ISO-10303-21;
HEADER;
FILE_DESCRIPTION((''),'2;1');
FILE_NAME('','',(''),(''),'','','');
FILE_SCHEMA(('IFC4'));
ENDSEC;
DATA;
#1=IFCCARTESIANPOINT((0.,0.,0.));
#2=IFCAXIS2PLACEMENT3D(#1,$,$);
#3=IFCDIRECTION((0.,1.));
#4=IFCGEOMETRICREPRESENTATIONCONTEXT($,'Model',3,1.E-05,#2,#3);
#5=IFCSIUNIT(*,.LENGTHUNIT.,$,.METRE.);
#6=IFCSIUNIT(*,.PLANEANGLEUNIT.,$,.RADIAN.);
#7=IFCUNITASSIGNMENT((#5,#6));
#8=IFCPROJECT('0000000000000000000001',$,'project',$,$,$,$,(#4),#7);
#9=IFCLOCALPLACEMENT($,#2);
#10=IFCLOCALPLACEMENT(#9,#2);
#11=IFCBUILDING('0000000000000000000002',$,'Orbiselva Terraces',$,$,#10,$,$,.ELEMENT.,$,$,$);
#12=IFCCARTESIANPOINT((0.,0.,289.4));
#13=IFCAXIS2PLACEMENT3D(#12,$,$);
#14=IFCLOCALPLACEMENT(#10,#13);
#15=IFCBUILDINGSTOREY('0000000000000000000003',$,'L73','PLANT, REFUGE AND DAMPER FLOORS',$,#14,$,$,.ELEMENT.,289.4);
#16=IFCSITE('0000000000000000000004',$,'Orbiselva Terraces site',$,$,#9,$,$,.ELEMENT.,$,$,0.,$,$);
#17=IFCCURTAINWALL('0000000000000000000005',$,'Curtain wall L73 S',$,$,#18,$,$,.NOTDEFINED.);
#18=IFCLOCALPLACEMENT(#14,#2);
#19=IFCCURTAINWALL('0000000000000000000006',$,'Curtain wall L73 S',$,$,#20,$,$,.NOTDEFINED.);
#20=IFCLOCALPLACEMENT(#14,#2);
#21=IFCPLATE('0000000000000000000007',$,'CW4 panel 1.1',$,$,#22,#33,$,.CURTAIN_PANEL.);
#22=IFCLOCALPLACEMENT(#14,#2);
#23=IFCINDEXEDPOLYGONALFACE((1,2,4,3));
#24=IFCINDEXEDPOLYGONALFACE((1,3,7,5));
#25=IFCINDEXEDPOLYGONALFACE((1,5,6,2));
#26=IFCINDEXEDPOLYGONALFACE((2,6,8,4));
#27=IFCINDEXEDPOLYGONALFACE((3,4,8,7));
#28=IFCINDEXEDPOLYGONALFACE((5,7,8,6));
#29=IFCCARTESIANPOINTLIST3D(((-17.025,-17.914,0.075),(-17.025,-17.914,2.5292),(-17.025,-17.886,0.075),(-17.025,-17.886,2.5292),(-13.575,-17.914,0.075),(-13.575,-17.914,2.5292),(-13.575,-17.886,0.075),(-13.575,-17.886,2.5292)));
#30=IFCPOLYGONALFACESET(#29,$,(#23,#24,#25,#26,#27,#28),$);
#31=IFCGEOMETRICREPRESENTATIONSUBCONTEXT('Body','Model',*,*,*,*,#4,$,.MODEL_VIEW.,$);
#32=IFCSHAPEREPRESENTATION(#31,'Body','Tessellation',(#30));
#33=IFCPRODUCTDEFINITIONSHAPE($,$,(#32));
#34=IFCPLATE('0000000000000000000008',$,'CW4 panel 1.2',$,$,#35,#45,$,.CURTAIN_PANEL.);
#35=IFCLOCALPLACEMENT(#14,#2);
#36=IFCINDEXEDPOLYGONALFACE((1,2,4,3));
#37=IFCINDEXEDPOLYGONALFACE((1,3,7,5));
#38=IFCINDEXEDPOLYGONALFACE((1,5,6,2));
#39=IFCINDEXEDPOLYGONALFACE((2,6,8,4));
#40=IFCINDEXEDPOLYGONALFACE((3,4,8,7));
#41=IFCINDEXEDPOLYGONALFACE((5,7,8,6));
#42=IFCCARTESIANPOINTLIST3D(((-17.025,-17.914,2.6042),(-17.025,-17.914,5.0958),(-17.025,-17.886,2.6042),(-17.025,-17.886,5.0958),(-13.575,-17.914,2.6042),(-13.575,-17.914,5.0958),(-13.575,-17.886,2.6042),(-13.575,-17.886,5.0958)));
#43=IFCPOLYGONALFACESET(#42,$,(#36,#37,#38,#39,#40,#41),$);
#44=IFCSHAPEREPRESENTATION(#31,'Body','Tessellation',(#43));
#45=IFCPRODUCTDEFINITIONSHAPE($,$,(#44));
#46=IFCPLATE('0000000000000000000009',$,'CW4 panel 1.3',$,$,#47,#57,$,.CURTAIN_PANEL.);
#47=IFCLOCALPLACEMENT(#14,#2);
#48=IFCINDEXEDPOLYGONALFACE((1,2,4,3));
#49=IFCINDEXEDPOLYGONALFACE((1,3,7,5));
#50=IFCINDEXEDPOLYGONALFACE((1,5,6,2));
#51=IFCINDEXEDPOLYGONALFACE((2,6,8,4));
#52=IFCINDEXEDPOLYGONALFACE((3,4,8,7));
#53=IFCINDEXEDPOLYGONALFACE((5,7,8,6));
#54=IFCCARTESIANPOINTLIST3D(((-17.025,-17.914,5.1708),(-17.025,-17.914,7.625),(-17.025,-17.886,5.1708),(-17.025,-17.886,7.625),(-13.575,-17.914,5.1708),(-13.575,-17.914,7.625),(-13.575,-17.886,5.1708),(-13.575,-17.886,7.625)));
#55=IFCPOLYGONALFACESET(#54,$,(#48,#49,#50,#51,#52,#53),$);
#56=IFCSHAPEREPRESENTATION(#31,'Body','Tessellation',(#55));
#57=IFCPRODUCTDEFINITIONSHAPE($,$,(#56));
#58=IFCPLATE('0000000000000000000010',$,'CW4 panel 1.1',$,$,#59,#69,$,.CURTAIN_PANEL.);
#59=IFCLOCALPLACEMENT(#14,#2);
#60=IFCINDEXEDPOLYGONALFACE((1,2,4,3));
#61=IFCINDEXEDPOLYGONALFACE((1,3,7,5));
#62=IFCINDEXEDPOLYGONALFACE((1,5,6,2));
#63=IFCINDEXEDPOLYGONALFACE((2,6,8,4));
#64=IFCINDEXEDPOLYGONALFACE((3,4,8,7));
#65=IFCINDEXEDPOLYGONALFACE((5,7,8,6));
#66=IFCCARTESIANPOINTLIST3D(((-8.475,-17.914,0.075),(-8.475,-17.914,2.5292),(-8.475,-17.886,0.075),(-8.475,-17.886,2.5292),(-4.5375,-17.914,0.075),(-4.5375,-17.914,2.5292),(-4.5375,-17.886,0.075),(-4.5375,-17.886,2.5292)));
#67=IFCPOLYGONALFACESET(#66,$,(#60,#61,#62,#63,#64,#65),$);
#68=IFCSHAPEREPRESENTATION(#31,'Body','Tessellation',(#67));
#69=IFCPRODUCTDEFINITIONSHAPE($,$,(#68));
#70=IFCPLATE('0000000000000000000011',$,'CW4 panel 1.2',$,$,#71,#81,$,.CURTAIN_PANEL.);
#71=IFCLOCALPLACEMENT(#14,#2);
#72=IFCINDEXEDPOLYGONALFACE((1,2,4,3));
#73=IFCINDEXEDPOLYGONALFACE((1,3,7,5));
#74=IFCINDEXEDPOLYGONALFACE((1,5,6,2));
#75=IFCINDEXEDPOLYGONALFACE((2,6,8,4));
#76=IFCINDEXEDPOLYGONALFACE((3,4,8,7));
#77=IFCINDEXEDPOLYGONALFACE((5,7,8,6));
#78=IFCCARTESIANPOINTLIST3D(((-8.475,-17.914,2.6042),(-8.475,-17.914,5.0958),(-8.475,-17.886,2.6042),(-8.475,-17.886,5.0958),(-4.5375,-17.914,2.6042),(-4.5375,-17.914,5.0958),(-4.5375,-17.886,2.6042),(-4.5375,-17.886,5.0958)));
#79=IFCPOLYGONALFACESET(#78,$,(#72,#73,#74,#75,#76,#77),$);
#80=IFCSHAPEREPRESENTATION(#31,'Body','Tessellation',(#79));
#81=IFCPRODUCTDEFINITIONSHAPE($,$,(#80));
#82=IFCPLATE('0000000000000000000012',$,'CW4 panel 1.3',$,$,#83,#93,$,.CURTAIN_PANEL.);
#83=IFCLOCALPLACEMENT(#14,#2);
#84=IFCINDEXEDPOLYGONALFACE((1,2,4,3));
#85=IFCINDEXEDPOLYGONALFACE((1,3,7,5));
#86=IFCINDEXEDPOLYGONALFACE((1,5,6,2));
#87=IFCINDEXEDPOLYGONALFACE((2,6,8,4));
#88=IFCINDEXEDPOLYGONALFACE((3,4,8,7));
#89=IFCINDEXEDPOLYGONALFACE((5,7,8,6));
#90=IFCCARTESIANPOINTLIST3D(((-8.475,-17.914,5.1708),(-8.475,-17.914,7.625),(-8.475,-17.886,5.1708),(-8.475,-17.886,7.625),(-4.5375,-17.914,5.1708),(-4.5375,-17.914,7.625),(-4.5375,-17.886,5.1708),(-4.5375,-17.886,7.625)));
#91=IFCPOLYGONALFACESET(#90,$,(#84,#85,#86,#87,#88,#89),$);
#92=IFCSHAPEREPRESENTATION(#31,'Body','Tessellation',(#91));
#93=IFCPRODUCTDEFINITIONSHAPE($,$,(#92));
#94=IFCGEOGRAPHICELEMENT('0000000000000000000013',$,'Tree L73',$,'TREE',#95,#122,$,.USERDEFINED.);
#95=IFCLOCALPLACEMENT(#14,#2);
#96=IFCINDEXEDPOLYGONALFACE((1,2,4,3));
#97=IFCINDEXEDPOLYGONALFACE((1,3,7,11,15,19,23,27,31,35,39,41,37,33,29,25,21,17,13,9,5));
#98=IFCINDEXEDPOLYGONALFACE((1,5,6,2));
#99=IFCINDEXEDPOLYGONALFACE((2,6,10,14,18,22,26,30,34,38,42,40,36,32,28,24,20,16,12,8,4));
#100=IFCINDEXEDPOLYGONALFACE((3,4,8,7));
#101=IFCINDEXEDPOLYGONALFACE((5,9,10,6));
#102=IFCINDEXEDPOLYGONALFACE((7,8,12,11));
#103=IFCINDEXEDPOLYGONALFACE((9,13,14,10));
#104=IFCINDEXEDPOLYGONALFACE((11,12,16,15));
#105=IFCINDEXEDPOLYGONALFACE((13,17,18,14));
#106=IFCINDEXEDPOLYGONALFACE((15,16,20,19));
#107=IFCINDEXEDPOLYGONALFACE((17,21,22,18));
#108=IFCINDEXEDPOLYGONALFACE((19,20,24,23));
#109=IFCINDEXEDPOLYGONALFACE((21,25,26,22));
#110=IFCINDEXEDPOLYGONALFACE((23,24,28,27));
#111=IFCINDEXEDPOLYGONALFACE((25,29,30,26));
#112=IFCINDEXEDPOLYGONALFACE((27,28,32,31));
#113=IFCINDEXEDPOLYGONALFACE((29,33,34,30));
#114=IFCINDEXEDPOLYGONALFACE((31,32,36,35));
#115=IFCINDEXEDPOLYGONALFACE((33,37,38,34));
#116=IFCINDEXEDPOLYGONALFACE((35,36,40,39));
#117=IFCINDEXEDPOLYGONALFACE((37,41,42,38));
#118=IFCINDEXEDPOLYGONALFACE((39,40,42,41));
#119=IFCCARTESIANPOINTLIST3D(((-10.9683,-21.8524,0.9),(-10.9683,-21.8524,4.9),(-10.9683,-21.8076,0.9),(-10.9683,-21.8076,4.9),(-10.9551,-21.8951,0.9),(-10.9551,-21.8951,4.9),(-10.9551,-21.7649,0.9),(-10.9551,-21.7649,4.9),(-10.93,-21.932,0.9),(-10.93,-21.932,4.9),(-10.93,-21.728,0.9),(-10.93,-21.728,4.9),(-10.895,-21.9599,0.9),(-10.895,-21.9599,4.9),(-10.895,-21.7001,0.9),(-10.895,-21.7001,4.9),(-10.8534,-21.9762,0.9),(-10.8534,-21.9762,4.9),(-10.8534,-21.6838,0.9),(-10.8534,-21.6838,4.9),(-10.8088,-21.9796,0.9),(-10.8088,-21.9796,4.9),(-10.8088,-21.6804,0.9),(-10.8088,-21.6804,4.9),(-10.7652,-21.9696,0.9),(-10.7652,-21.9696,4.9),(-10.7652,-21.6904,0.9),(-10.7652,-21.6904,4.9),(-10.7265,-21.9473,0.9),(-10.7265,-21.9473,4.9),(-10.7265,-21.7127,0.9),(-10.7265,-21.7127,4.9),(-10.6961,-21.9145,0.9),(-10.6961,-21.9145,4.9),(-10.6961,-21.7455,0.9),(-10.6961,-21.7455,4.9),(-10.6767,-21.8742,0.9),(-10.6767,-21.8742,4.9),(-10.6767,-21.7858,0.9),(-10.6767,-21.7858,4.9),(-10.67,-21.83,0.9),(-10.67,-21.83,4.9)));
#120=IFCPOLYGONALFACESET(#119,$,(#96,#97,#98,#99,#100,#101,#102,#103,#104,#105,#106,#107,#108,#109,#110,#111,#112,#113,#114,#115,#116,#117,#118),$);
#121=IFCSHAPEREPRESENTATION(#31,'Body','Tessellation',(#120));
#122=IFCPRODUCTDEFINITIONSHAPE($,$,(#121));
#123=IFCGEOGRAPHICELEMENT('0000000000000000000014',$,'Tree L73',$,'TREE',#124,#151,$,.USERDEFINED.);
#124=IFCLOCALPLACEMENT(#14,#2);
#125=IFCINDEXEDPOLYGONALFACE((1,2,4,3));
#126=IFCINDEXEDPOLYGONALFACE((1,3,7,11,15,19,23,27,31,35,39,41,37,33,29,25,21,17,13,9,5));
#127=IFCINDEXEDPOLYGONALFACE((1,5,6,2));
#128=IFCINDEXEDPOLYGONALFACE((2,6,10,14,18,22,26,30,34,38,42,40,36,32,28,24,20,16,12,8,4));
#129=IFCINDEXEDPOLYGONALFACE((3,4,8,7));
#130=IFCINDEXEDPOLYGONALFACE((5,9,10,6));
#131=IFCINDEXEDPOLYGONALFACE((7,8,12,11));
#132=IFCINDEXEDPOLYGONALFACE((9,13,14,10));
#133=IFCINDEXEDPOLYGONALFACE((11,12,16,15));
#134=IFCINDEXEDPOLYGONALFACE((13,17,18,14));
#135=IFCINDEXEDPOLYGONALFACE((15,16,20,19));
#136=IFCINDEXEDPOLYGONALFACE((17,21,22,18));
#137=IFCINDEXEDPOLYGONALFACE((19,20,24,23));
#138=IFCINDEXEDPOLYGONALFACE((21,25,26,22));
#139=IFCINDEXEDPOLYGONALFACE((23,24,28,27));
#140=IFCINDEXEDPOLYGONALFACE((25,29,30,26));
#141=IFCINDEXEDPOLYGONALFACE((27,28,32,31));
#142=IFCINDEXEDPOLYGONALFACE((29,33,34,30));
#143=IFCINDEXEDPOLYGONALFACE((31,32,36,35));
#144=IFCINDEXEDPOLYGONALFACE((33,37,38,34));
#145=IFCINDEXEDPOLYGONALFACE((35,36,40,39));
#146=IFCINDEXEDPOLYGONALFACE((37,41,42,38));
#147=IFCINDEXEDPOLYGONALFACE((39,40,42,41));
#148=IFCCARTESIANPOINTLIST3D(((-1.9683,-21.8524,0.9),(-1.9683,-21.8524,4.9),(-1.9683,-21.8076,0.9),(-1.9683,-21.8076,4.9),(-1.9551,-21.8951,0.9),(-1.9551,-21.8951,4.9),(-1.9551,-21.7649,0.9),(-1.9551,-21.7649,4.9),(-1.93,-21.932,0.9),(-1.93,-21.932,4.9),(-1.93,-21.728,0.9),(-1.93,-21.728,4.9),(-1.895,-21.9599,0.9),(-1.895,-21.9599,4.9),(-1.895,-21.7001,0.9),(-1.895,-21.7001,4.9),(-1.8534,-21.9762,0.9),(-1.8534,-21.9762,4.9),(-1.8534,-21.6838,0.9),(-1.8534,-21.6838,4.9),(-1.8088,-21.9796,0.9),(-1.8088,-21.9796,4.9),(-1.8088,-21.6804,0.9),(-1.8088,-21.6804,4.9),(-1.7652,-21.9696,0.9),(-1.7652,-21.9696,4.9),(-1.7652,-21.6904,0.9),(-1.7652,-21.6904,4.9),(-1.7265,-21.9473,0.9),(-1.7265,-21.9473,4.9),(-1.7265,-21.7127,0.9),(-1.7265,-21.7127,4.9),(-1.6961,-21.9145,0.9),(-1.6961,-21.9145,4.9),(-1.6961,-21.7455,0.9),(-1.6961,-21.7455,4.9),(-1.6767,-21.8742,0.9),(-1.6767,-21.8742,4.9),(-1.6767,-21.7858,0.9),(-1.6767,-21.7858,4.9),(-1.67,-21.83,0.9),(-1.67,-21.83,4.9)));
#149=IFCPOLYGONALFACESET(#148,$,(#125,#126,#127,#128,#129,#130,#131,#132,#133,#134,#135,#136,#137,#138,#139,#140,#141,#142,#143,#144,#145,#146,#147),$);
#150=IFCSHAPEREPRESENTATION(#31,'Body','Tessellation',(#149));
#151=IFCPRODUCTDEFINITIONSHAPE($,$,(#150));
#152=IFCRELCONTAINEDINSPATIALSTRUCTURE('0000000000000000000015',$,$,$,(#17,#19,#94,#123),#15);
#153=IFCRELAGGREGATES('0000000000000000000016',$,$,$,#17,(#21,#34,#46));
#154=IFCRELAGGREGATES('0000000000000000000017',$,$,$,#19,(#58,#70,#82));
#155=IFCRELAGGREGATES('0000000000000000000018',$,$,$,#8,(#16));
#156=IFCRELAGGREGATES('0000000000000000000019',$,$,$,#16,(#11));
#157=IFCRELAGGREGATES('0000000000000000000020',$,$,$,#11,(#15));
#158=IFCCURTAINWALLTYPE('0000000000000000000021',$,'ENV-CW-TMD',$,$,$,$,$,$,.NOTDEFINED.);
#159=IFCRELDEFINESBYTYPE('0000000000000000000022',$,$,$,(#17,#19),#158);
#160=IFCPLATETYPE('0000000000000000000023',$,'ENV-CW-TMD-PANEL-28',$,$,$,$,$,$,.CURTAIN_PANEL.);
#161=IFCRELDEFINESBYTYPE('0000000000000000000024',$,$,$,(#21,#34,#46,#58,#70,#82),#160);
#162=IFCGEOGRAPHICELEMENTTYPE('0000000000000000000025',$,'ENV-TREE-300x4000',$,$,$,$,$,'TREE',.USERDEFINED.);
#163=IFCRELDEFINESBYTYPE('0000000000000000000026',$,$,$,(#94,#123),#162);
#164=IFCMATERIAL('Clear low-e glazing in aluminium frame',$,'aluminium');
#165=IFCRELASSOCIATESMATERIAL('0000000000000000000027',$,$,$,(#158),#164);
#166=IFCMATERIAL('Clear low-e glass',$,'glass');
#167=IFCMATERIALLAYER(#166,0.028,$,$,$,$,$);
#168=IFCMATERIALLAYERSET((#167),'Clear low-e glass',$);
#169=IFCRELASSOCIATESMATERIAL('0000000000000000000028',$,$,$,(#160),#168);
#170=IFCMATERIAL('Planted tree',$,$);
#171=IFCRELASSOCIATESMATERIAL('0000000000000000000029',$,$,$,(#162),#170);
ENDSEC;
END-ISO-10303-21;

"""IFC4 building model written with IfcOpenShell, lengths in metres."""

from ifc_helpers import new_model, si_unit, direction, frame, origin, origin_2d, place, context, subcontext, project, spatial, rectangle, circle, extrude, material, layer, layer_set, type_object, element, aggregate, save


model = new_model("IFC4")

# Units and contexts
model_context = context("Model", 3, precision=1e-05, world=origin(), true_north=direction((0.0, 1.0)))
body_context = subcontext(model_context, "Body", "Model", "MODEL_VIEW")
ifc_project = project(units=[si_unit("LENGTHUNIT", "METRE"), si_unit("PLANEANGLEUNIT", "RADIAN")], contexts=[model_context])

# Site, building, storey
site_placement = place(None, origin())
site = spatial("IfcSite", under=ifc_project, at=site_placement, Name="Orbiselva Terraces site", CompositionType="ELEMENT", RefElevation=0.0)
building_placement = place(site_placement, origin())
building = spatial("IfcBuilding", under=site, at=building_placement, Name="Orbiselva Terraces", CompositionType="ELEMENT")
storey_placement = place(building_placement, frame((0.0, 0.0, 289.4)))
storey = spatial("IfcBuildingStorey", under=building, at=storey_placement, Name="L73", Description="PLANT, REFUGE AND DAMPER FLOORS", CompositionType="ELEMENT", Elevation=289.4)

# Curtain walls
ifc_material_1 = material(Name="Clear low-e glazing in aluminium frame", Category="aluminium")
curtain_wall_type = type_object("IfcCurtainWallType", Name="ENV-CW-TMD", PredefinedType="NOTDEFINED", material=ifc_material_1)
curtain_wall_1_placement = place(storey_placement, origin())
curtain_wall_1 = element("IfcCurtainWall", 1, at=curtain_wall_1_placement, inside=storey, type_object=curtain_wall_type, Name="Curtain wall L73 S", PredefinedType="NOTDEFINED")
curtain_wall_2_placement = place(storey_placement, origin())
curtain_wall_2 = element("IfcCurtainWall", 2, at=curtain_wall_2_placement, inside=storey, type_object=curtain_wall_type, Name="Curtain wall L73 S", PredefinedType="NOTDEFINED")

# Plates
ifc_material_2 = material(Name="Clear low-e glass", Category="glass")
ifc_layer = layer(ifc_material_2, 0.028)
ifc_layer_set = layer_set([ifc_layer], Name="Clear low-e glass")
plate_type = type_object("IfcPlateType", Name="ENV-CW-TMD-PANEL-28", PredefinedType="CURTAIN_PANEL", material=ifc_layer_set)
plate_1_placement = place(storey_placement, frame((-15.3, -17.9, 0.075), z_axis=(0.0, 0.0, 1.0), x_axis=(1.0, 0.0, 0.0)))
plate_1 = element("IfcPlate", 3, at=plate_1_placement, type_object=plate_type, Name="CW4 panel 1.1", PredefinedType="CURTAIN_PANEL", context=body_context, shape_type="SweptSolid", body=[
    extrude(rectangle(XDim=3.45, YDim=0.028, at=origin_2d()), origin(), (0.0, 0.0, 1.0), 2.4542),
])
plate_2_placement = place(storey_placement, frame((-15.3, -17.9, 2.6042), z_axis=(0.0, 0.0, 1.0), x_axis=(1.0, 0.0, 0.0)))
plate_2 = element("IfcPlate", 4, at=plate_2_placement, type_object=plate_type, Name="CW4 panel 1.2", PredefinedType="CURTAIN_PANEL", context=body_context, shape_type="SweptSolid", body=[
    extrude(rectangle(XDim=3.45, YDim=0.028, at=origin_2d()), origin(), (0.0, 0.0, 1.0), 2.4917),
])
plate_3_placement = place(storey_placement, frame((-15.3, -17.9, 5.1708), z_axis=(0.0, 0.0, 1.0), x_axis=(1.0, 0.0, 0.0)))
plate_3 = element("IfcPlate", 5, at=plate_3_placement, type_object=plate_type, Name="CW4 panel 1.3", PredefinedType="CURTAIN_PANEL", context=body_context, shape_type="SweptSolid", body=[
    extrude(rectangle(XDim=3.45, YDim=0.028, at=origin_2d()), origin(), (0.0, 0.0, 1.0), 2.4542),
])
aggregate(curtain_wall_1, [plate_1, plate_2, plate_3])
plate_4_placement = place(storey_placement, frame((-6.5062, -17.9, 0.075), z_axis=(0.0, 0.0, 1.0), x_axis=(1.0, 0.0, 0.0)))
plate_4 = element("IfcPlate", 6, at=plate_4_placement, type_object=plate_type, Name="CW4 panel 1.1", PredefinedType="CURTAIN_PANEL", context=body_context, shape_type="SweptSolid", body=[
    extrude(rectangle(XDim=3.9375, YDim=0.028, at=origin_2d()), origin(), (0.0, 0.0, 1.0), 2.4542),
])
plate_5_placement = place(storey_placement, frame((-6.5062, -17.9, 2.6042), z_axis=(0.0, 0.0, 1.0), x_axis=(1.0, 0.0, 0.0)))
plate_5 = element("IfcPlate", 7, at=plate_5_placement, type_object=plate_type, Name="CW4 panel 1.2", PredefinedType="CURTAIN_PANEL", context=body_context, shape_type="SweptSolid", body=[
    extrude(rectangle(XDim=3.9375, YDim=0.028, at=origin_2d()), origin(), (0.0, 0.0, 1.0), 2.4917),
])
plate_6_placement = place(storey_placement, frame((-6.5062, -17.9, 5.1708), z_axis=(0.0, 0.0, 1.0), x_axis=(1.0, 0.0, 0.0)))
plate_6 = element("IfcPlate", 8, at=plate_6_placement, type_object=plate_type, Name="CW4 panel 1.3", PredefinedType="CURTAIN_PANEL", context=body_context, shape_type="SweptSolid", body=[
    extrude(rectangle(XDim=3.9375, YDim=0.028, at=origin_2d()), origin(), (0.0, 0.0, 1.0), 2.4542),
])
aggregate(curtain_wall_2, [plate_4, plate_5, plate_6])

# Geographic elements
ifc_material_3 = material(Name="Planted tree")
geographic_element_type = type_object("IfcGeographicElementType", Name="ENV-TREE-300x4000", ElementType="TREE", PredefinedType="USERDEFINED", material=ifc_material_3)
for number, where, z_axis, x_axis, name in (
    (9, (-10.82, -21.83, 4.9), (0.0, 0.0, -1.0), (1.0, 0.0, 0.0), "Tree L73"),
    (10, (-1.82, -21.83, 4.9), (0.0, 0.0, -1.0), (1.0, 0.0, 0.0), "Tree L73"),
):
    element("IfcGeographicElement", number, at=place(storey_placement, frame(where, z_axis=z_axis, x_axis=x_axis)), inside=storey, type_object=geographic_element_type, Name=name, ObjectType="TREE", PredefinedType="USERDEFINED", context=body_context, shape_type="SweptSolid", body=[
        extrude(circle(Radius=0.15, at=origin_2d()), origin(), (0.0, 0.0, 1.0), 4.0),
    ])

save(model, "model.ifc")
